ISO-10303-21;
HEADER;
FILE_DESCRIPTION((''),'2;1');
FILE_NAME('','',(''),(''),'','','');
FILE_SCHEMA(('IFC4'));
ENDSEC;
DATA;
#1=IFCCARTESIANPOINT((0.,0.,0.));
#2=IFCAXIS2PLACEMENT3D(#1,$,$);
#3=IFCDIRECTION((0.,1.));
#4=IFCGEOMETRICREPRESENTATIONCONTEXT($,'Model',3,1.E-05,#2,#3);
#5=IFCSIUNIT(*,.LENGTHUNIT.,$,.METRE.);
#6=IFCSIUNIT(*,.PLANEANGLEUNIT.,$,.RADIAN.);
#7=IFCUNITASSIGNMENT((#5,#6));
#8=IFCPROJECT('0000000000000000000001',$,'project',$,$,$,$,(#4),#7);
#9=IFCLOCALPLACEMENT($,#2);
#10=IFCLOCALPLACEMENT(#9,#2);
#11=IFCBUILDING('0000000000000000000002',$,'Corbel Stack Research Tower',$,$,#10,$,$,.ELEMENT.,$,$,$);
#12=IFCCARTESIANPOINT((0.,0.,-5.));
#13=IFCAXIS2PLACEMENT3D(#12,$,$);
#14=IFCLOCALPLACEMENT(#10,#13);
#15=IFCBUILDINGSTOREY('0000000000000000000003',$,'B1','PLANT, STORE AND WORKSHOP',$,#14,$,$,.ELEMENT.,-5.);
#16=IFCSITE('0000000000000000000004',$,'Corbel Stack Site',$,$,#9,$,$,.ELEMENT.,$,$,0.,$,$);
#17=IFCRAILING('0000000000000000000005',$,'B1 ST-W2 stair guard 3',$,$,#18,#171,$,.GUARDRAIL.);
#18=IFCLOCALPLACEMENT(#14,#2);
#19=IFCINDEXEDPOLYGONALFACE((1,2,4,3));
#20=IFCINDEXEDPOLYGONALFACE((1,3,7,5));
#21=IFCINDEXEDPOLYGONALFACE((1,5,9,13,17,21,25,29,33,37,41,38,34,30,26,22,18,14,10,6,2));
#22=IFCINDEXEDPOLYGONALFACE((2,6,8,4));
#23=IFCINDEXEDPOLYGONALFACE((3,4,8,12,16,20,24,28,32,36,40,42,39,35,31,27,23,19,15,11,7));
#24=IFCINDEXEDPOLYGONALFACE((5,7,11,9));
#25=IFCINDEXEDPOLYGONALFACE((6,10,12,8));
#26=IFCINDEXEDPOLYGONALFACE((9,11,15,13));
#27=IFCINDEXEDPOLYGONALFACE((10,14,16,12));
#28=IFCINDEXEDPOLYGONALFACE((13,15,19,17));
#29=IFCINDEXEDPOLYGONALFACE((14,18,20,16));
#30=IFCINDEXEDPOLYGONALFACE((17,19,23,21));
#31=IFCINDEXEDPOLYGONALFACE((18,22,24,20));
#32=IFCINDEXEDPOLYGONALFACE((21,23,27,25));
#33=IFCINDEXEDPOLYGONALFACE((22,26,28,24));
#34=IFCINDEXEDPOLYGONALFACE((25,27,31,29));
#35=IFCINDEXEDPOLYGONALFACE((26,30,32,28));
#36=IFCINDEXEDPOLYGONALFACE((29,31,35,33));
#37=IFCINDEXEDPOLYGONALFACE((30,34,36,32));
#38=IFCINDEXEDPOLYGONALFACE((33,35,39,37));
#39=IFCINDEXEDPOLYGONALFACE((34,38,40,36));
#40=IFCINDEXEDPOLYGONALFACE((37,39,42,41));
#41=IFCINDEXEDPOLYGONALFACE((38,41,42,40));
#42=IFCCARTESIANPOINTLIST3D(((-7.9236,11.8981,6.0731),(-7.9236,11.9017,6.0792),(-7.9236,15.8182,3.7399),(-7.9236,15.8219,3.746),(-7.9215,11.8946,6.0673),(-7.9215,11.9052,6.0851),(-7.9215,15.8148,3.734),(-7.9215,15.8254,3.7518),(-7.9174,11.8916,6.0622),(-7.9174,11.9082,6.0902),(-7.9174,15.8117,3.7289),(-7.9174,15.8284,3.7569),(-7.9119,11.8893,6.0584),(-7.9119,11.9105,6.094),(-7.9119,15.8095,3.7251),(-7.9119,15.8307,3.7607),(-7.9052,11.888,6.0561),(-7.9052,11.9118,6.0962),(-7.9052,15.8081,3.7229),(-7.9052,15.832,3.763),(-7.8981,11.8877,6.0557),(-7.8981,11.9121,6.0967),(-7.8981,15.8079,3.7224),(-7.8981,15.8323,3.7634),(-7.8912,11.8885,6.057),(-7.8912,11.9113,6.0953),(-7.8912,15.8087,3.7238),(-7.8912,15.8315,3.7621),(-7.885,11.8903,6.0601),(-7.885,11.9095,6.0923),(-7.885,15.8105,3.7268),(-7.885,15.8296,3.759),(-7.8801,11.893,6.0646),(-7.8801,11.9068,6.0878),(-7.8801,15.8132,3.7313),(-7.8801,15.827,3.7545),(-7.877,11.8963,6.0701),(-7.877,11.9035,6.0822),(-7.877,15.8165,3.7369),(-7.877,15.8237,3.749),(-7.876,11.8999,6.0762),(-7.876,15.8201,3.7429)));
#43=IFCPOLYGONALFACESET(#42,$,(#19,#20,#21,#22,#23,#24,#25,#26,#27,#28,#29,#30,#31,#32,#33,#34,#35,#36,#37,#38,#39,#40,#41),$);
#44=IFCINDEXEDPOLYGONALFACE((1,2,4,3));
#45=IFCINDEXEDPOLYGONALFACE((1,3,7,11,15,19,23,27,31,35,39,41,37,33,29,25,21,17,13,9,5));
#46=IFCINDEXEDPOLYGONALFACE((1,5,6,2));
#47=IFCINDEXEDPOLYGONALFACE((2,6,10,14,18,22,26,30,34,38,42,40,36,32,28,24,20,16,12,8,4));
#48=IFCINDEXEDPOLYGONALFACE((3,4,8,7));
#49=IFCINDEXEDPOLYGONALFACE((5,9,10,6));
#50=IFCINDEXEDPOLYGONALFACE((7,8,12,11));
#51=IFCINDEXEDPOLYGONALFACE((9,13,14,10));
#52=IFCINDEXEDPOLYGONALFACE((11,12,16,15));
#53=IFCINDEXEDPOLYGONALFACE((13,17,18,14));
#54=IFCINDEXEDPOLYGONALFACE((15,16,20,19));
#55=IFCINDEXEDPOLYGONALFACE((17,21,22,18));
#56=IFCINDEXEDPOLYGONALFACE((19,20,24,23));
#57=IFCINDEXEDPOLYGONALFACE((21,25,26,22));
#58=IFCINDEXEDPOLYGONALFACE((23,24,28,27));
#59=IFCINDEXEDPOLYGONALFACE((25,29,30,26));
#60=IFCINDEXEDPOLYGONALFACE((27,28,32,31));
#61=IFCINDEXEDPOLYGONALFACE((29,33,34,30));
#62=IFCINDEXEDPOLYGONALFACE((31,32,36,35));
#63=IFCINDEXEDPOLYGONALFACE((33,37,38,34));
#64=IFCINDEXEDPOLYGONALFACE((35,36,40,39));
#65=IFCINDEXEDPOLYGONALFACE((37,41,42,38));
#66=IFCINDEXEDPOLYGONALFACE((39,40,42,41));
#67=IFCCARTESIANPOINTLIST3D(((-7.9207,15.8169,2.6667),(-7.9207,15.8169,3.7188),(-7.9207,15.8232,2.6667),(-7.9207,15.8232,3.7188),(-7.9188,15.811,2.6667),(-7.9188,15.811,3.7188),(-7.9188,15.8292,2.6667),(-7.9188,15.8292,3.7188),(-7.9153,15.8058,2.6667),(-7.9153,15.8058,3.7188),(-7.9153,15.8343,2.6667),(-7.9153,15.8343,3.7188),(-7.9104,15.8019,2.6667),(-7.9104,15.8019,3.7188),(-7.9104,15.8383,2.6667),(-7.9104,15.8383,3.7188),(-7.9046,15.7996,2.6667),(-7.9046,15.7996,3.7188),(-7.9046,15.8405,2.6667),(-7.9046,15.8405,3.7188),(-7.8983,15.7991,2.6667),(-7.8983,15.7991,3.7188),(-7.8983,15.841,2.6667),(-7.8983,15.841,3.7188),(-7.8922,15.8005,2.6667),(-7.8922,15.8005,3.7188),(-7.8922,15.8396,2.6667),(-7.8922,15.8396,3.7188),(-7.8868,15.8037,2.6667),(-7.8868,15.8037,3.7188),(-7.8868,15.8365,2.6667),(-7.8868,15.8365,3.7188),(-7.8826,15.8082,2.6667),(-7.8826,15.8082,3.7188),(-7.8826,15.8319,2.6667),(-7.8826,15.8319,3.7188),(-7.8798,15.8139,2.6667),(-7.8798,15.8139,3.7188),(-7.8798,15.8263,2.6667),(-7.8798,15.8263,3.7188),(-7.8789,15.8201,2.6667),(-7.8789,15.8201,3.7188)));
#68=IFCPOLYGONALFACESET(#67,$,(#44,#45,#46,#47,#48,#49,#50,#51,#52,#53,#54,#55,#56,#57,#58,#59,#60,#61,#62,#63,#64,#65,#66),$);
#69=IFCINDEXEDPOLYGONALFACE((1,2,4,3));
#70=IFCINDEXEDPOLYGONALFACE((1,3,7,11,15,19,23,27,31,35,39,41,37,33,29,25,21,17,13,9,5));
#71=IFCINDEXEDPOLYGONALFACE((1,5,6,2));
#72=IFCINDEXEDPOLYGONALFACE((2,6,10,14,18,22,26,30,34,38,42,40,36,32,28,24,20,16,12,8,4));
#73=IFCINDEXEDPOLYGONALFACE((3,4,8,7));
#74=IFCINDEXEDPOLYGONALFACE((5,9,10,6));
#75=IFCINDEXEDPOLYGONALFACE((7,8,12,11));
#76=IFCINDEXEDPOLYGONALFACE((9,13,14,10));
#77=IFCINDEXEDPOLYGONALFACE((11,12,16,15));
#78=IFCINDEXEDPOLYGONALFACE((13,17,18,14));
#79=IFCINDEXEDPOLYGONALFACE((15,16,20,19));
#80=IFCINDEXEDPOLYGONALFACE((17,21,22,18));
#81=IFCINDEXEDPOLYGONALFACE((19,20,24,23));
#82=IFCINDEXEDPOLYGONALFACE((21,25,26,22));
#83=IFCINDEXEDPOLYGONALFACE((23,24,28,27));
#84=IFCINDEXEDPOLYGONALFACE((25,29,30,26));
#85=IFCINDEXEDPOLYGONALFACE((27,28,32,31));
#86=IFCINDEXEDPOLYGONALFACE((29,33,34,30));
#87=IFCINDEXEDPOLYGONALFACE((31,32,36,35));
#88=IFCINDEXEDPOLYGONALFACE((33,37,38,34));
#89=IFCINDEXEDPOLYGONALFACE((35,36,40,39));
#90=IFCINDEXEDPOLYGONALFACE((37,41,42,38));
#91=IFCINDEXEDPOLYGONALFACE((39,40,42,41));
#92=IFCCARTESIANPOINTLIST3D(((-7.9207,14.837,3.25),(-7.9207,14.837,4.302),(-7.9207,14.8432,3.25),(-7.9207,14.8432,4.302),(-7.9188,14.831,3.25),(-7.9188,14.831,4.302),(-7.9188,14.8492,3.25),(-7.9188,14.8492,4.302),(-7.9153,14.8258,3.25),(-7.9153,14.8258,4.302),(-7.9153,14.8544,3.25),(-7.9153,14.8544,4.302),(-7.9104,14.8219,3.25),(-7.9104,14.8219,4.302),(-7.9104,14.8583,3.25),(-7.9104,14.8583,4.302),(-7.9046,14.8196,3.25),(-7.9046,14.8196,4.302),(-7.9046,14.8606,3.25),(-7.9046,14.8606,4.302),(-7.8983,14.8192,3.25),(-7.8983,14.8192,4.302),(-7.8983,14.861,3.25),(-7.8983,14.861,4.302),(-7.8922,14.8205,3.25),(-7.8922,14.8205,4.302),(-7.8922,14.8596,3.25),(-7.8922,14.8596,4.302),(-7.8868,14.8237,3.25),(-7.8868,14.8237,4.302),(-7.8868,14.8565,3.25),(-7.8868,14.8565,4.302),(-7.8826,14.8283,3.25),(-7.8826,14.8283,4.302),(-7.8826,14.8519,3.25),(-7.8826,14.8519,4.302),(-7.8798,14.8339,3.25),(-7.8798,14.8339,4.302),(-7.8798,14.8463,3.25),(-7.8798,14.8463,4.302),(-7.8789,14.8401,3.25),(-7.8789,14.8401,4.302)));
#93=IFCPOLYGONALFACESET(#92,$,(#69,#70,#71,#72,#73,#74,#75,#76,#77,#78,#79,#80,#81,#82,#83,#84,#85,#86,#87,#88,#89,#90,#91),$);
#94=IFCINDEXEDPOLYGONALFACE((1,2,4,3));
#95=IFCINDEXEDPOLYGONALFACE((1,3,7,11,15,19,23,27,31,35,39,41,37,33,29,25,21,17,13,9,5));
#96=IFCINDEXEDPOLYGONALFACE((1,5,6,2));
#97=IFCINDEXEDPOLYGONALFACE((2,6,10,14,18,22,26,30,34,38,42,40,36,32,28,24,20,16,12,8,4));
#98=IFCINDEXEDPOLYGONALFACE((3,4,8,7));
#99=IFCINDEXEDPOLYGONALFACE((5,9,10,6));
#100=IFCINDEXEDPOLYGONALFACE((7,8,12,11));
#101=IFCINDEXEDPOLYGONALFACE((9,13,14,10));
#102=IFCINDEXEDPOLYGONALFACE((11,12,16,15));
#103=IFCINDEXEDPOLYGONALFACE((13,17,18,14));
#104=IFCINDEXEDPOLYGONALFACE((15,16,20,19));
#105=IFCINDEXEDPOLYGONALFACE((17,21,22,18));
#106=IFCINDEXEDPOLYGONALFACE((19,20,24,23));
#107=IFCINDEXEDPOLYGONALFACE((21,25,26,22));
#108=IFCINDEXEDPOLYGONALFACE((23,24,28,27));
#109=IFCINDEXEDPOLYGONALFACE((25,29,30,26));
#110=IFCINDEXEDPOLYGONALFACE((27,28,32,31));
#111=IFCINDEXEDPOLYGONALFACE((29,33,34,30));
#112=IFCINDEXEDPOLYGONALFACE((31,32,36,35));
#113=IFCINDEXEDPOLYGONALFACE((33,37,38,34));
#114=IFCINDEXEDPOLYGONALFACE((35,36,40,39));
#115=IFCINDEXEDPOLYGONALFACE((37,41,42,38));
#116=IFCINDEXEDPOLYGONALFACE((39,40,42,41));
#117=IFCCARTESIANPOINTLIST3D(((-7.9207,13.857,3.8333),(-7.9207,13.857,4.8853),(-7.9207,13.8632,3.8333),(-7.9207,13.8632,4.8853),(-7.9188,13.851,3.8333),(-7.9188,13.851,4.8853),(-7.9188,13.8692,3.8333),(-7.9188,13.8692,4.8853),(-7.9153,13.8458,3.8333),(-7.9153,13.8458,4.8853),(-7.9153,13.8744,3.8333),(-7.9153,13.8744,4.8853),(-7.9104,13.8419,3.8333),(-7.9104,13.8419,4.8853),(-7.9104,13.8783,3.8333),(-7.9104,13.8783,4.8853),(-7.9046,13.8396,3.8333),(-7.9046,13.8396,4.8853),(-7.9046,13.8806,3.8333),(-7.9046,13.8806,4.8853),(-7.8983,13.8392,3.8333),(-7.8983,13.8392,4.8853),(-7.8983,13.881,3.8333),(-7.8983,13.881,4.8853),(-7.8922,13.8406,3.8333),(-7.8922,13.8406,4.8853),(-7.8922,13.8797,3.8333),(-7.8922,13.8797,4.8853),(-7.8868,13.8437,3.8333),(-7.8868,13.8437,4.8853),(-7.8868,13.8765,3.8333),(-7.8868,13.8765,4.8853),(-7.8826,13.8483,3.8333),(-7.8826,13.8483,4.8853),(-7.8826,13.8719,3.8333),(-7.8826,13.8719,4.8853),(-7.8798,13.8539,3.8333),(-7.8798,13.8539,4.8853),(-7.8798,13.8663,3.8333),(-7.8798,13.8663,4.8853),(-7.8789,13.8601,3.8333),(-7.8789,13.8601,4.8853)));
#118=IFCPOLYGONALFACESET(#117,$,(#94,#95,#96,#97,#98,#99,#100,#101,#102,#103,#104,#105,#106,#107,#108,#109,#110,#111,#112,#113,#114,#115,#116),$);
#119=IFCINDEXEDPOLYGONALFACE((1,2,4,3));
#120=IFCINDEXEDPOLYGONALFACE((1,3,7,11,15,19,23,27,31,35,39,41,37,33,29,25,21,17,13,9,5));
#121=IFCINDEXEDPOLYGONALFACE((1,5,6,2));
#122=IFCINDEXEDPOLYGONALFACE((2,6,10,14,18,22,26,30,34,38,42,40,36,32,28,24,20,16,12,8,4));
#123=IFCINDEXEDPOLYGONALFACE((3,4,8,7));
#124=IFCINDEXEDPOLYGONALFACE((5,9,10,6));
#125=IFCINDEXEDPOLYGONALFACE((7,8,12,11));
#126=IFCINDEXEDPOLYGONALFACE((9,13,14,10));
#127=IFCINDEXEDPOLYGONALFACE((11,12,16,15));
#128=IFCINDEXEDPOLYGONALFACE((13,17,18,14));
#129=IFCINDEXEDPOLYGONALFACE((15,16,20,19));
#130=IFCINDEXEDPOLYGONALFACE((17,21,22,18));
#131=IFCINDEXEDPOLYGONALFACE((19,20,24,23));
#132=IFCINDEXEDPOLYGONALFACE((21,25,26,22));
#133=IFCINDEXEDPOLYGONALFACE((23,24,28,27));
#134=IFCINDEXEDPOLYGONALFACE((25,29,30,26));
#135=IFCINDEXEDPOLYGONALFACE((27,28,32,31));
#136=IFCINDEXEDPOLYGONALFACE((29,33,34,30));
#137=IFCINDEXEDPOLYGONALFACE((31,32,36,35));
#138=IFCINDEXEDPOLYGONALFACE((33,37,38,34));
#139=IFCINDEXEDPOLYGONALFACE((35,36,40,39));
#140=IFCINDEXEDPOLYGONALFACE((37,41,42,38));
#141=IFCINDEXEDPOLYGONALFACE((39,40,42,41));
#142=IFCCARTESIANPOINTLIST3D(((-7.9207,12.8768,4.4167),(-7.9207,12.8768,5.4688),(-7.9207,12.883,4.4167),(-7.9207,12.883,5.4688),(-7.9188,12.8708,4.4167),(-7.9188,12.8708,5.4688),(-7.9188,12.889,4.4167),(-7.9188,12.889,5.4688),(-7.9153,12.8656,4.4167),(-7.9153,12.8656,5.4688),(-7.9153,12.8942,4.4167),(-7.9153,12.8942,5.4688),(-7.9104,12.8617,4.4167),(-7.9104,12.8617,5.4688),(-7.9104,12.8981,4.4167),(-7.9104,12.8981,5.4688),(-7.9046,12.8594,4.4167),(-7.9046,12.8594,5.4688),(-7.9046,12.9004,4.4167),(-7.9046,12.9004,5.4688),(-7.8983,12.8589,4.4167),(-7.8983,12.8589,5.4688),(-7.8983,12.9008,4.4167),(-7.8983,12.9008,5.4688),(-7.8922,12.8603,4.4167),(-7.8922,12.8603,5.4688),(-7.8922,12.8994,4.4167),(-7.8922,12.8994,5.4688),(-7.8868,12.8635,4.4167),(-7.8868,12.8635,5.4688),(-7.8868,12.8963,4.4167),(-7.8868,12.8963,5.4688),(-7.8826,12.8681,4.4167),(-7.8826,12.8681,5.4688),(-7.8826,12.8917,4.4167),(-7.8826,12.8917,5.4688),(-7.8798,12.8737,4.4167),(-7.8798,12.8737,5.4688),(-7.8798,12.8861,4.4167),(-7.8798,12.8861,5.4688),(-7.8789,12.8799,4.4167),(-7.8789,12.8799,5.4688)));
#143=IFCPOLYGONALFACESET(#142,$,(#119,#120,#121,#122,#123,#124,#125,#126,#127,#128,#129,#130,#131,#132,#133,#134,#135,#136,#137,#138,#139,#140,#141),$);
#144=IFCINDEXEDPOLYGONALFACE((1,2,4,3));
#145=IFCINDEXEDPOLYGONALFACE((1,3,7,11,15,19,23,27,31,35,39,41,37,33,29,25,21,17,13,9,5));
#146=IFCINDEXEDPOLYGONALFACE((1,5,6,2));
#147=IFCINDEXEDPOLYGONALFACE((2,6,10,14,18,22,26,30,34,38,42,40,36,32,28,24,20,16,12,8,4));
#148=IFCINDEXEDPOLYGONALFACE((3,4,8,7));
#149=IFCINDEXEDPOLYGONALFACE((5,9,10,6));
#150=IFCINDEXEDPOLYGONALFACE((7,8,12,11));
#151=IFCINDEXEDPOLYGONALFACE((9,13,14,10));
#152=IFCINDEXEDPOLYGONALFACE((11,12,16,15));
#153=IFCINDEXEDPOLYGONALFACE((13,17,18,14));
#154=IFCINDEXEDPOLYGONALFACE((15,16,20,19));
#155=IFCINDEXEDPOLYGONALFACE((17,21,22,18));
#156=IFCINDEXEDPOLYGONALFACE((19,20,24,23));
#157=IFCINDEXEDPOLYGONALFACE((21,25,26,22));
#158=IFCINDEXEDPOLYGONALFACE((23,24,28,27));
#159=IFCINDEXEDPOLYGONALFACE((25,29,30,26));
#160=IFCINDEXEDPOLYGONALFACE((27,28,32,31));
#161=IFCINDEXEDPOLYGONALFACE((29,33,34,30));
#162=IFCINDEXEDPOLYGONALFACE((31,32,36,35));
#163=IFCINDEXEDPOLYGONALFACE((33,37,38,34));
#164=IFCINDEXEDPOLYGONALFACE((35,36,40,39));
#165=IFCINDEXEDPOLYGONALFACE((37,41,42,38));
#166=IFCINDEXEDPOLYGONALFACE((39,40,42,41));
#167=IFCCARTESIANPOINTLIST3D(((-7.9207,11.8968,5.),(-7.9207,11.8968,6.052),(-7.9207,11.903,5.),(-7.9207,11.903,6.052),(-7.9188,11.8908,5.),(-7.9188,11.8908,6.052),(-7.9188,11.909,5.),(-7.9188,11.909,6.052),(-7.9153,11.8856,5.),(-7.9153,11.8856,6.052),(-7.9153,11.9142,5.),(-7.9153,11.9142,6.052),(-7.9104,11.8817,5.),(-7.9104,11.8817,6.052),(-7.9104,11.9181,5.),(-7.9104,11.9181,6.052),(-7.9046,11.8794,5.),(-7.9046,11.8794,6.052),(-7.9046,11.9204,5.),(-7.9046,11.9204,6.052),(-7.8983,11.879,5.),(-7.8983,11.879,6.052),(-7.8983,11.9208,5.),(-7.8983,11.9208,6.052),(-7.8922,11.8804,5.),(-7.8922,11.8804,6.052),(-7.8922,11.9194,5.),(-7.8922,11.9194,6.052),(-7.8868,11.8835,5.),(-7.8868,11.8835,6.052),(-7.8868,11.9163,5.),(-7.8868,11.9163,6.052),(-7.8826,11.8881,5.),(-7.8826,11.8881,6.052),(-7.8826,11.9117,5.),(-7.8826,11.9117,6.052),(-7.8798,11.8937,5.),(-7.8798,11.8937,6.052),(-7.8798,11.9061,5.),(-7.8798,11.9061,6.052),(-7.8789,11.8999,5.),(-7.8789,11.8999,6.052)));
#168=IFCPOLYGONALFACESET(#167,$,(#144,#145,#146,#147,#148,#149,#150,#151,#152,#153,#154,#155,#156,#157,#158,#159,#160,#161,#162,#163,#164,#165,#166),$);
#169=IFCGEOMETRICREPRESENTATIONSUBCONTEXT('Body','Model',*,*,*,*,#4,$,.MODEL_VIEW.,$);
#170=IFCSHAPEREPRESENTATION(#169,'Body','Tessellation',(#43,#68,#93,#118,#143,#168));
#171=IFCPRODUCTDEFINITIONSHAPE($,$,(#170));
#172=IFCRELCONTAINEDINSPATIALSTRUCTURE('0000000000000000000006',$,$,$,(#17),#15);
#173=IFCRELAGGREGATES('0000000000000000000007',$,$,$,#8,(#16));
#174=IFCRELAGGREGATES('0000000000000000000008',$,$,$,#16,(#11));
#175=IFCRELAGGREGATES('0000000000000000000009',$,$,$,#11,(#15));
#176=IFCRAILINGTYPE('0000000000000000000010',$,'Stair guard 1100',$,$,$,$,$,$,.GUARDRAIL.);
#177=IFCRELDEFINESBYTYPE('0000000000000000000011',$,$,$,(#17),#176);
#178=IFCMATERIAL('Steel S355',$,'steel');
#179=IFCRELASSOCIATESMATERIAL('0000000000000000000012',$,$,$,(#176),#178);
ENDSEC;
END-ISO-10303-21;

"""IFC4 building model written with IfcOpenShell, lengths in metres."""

from ifc_helpers import new_model, si_unit, direction, frame, origin, origin_2d, place, context, subcontext, project, spatial, circle, extrude, material, type_object, element, save


model = new_model("IFC4")

# Units and contexts
model_context = context("Model", 3, precision=1e-05, world=origin(), true_north=direction((0.0, 1.0)))
body_context = subcontext(model_context, "Body", "Model", "MODEL_VIEW")
ifc_project = project(units=[si_unit("LENGTHUNIT", "METRE"), si_unit("PLANEANGLEUNIT", "RADIAN")], contexts=[model_context])

# Site, building, storey
site_placement = place(None, origin())
site = spatial("IfcSite", under=ifc_project, at=site_placement, Name="Corbel Stack Site", CompositionType="ELEMENT", RefElevation=0.0)
building_placement = place(site_placement, origin())
building = spatial("IfcBuilding", under=site, at=building_placement, Name="Corbel Stack Research Tower", CompositionType="ELEMENT")
storey_placement = place(building_placement, frame((0.0, 0.0, -5.0)))
storey = spatial("IfcBuildingStorey", under=building, at=storey_placement, Name="B1", Description="PLANT, STORE AND WORKSHOP", CompositionType="ELEMENT", Elevation=-5.0)

# Railing
ifc_material_1 = material(Name="Steel S355", Category="steel")
railing_type_1 = type_object("IfcRailingType", Name="Stair guard 1100", PredefinedType="GUARDRAIL", material=ifc_material_1)
railing_1_placement = place(storey_placement, frame((-7.8999, 15.8201, 2.6667)))
element("IfcRailing", 1, at=railing_1_placement, inside=storey, type_object=railing_type_1, Name="B1 ST-W2 stair guard 3", PredefinedType="GUARDRAIL", context=body_context, shape_type="SweptSolid", body=[
    extrude(circle(Radius=0.0239, at=origin_2d()), frame((0.0, 0.0, 1.0762), z_axis=(0.0, -0.85931, 0.511455), x_axis=(1.0, 0.0, 0.0)), (0.0, 0.0, 1.0), 4.562),
    extrude(circle(Radius=0.021, at=origin_2d()), origin(), (0.0, 0.0, 1.0), 1.052),
    extrude(circle(Radius=0.021, at=origin_2d()), frame((0.0, -0.98, 0.5833)), (0.0, 0.0, 1.0), 1.052),
    extrude(circle(Radius=0.021, at=origin_2d()), frame((0.0, -1.96, 1.1665)), (0.0, 0.0, 1.0), 1.052),
    extrude(circle(Radius=0.021, at=origin_2d()), frame((0.0, -2.9402, 1.75)), (0.0, 0.0, 1.0), 1.052),
    extrude(circle(Radius=0.021, at=origin_2d()), frame((0.0, -3.9202, 2.3333)), (0.0, 0.0, 1.0), 1.052),
])

save(model, "model.ifc")
